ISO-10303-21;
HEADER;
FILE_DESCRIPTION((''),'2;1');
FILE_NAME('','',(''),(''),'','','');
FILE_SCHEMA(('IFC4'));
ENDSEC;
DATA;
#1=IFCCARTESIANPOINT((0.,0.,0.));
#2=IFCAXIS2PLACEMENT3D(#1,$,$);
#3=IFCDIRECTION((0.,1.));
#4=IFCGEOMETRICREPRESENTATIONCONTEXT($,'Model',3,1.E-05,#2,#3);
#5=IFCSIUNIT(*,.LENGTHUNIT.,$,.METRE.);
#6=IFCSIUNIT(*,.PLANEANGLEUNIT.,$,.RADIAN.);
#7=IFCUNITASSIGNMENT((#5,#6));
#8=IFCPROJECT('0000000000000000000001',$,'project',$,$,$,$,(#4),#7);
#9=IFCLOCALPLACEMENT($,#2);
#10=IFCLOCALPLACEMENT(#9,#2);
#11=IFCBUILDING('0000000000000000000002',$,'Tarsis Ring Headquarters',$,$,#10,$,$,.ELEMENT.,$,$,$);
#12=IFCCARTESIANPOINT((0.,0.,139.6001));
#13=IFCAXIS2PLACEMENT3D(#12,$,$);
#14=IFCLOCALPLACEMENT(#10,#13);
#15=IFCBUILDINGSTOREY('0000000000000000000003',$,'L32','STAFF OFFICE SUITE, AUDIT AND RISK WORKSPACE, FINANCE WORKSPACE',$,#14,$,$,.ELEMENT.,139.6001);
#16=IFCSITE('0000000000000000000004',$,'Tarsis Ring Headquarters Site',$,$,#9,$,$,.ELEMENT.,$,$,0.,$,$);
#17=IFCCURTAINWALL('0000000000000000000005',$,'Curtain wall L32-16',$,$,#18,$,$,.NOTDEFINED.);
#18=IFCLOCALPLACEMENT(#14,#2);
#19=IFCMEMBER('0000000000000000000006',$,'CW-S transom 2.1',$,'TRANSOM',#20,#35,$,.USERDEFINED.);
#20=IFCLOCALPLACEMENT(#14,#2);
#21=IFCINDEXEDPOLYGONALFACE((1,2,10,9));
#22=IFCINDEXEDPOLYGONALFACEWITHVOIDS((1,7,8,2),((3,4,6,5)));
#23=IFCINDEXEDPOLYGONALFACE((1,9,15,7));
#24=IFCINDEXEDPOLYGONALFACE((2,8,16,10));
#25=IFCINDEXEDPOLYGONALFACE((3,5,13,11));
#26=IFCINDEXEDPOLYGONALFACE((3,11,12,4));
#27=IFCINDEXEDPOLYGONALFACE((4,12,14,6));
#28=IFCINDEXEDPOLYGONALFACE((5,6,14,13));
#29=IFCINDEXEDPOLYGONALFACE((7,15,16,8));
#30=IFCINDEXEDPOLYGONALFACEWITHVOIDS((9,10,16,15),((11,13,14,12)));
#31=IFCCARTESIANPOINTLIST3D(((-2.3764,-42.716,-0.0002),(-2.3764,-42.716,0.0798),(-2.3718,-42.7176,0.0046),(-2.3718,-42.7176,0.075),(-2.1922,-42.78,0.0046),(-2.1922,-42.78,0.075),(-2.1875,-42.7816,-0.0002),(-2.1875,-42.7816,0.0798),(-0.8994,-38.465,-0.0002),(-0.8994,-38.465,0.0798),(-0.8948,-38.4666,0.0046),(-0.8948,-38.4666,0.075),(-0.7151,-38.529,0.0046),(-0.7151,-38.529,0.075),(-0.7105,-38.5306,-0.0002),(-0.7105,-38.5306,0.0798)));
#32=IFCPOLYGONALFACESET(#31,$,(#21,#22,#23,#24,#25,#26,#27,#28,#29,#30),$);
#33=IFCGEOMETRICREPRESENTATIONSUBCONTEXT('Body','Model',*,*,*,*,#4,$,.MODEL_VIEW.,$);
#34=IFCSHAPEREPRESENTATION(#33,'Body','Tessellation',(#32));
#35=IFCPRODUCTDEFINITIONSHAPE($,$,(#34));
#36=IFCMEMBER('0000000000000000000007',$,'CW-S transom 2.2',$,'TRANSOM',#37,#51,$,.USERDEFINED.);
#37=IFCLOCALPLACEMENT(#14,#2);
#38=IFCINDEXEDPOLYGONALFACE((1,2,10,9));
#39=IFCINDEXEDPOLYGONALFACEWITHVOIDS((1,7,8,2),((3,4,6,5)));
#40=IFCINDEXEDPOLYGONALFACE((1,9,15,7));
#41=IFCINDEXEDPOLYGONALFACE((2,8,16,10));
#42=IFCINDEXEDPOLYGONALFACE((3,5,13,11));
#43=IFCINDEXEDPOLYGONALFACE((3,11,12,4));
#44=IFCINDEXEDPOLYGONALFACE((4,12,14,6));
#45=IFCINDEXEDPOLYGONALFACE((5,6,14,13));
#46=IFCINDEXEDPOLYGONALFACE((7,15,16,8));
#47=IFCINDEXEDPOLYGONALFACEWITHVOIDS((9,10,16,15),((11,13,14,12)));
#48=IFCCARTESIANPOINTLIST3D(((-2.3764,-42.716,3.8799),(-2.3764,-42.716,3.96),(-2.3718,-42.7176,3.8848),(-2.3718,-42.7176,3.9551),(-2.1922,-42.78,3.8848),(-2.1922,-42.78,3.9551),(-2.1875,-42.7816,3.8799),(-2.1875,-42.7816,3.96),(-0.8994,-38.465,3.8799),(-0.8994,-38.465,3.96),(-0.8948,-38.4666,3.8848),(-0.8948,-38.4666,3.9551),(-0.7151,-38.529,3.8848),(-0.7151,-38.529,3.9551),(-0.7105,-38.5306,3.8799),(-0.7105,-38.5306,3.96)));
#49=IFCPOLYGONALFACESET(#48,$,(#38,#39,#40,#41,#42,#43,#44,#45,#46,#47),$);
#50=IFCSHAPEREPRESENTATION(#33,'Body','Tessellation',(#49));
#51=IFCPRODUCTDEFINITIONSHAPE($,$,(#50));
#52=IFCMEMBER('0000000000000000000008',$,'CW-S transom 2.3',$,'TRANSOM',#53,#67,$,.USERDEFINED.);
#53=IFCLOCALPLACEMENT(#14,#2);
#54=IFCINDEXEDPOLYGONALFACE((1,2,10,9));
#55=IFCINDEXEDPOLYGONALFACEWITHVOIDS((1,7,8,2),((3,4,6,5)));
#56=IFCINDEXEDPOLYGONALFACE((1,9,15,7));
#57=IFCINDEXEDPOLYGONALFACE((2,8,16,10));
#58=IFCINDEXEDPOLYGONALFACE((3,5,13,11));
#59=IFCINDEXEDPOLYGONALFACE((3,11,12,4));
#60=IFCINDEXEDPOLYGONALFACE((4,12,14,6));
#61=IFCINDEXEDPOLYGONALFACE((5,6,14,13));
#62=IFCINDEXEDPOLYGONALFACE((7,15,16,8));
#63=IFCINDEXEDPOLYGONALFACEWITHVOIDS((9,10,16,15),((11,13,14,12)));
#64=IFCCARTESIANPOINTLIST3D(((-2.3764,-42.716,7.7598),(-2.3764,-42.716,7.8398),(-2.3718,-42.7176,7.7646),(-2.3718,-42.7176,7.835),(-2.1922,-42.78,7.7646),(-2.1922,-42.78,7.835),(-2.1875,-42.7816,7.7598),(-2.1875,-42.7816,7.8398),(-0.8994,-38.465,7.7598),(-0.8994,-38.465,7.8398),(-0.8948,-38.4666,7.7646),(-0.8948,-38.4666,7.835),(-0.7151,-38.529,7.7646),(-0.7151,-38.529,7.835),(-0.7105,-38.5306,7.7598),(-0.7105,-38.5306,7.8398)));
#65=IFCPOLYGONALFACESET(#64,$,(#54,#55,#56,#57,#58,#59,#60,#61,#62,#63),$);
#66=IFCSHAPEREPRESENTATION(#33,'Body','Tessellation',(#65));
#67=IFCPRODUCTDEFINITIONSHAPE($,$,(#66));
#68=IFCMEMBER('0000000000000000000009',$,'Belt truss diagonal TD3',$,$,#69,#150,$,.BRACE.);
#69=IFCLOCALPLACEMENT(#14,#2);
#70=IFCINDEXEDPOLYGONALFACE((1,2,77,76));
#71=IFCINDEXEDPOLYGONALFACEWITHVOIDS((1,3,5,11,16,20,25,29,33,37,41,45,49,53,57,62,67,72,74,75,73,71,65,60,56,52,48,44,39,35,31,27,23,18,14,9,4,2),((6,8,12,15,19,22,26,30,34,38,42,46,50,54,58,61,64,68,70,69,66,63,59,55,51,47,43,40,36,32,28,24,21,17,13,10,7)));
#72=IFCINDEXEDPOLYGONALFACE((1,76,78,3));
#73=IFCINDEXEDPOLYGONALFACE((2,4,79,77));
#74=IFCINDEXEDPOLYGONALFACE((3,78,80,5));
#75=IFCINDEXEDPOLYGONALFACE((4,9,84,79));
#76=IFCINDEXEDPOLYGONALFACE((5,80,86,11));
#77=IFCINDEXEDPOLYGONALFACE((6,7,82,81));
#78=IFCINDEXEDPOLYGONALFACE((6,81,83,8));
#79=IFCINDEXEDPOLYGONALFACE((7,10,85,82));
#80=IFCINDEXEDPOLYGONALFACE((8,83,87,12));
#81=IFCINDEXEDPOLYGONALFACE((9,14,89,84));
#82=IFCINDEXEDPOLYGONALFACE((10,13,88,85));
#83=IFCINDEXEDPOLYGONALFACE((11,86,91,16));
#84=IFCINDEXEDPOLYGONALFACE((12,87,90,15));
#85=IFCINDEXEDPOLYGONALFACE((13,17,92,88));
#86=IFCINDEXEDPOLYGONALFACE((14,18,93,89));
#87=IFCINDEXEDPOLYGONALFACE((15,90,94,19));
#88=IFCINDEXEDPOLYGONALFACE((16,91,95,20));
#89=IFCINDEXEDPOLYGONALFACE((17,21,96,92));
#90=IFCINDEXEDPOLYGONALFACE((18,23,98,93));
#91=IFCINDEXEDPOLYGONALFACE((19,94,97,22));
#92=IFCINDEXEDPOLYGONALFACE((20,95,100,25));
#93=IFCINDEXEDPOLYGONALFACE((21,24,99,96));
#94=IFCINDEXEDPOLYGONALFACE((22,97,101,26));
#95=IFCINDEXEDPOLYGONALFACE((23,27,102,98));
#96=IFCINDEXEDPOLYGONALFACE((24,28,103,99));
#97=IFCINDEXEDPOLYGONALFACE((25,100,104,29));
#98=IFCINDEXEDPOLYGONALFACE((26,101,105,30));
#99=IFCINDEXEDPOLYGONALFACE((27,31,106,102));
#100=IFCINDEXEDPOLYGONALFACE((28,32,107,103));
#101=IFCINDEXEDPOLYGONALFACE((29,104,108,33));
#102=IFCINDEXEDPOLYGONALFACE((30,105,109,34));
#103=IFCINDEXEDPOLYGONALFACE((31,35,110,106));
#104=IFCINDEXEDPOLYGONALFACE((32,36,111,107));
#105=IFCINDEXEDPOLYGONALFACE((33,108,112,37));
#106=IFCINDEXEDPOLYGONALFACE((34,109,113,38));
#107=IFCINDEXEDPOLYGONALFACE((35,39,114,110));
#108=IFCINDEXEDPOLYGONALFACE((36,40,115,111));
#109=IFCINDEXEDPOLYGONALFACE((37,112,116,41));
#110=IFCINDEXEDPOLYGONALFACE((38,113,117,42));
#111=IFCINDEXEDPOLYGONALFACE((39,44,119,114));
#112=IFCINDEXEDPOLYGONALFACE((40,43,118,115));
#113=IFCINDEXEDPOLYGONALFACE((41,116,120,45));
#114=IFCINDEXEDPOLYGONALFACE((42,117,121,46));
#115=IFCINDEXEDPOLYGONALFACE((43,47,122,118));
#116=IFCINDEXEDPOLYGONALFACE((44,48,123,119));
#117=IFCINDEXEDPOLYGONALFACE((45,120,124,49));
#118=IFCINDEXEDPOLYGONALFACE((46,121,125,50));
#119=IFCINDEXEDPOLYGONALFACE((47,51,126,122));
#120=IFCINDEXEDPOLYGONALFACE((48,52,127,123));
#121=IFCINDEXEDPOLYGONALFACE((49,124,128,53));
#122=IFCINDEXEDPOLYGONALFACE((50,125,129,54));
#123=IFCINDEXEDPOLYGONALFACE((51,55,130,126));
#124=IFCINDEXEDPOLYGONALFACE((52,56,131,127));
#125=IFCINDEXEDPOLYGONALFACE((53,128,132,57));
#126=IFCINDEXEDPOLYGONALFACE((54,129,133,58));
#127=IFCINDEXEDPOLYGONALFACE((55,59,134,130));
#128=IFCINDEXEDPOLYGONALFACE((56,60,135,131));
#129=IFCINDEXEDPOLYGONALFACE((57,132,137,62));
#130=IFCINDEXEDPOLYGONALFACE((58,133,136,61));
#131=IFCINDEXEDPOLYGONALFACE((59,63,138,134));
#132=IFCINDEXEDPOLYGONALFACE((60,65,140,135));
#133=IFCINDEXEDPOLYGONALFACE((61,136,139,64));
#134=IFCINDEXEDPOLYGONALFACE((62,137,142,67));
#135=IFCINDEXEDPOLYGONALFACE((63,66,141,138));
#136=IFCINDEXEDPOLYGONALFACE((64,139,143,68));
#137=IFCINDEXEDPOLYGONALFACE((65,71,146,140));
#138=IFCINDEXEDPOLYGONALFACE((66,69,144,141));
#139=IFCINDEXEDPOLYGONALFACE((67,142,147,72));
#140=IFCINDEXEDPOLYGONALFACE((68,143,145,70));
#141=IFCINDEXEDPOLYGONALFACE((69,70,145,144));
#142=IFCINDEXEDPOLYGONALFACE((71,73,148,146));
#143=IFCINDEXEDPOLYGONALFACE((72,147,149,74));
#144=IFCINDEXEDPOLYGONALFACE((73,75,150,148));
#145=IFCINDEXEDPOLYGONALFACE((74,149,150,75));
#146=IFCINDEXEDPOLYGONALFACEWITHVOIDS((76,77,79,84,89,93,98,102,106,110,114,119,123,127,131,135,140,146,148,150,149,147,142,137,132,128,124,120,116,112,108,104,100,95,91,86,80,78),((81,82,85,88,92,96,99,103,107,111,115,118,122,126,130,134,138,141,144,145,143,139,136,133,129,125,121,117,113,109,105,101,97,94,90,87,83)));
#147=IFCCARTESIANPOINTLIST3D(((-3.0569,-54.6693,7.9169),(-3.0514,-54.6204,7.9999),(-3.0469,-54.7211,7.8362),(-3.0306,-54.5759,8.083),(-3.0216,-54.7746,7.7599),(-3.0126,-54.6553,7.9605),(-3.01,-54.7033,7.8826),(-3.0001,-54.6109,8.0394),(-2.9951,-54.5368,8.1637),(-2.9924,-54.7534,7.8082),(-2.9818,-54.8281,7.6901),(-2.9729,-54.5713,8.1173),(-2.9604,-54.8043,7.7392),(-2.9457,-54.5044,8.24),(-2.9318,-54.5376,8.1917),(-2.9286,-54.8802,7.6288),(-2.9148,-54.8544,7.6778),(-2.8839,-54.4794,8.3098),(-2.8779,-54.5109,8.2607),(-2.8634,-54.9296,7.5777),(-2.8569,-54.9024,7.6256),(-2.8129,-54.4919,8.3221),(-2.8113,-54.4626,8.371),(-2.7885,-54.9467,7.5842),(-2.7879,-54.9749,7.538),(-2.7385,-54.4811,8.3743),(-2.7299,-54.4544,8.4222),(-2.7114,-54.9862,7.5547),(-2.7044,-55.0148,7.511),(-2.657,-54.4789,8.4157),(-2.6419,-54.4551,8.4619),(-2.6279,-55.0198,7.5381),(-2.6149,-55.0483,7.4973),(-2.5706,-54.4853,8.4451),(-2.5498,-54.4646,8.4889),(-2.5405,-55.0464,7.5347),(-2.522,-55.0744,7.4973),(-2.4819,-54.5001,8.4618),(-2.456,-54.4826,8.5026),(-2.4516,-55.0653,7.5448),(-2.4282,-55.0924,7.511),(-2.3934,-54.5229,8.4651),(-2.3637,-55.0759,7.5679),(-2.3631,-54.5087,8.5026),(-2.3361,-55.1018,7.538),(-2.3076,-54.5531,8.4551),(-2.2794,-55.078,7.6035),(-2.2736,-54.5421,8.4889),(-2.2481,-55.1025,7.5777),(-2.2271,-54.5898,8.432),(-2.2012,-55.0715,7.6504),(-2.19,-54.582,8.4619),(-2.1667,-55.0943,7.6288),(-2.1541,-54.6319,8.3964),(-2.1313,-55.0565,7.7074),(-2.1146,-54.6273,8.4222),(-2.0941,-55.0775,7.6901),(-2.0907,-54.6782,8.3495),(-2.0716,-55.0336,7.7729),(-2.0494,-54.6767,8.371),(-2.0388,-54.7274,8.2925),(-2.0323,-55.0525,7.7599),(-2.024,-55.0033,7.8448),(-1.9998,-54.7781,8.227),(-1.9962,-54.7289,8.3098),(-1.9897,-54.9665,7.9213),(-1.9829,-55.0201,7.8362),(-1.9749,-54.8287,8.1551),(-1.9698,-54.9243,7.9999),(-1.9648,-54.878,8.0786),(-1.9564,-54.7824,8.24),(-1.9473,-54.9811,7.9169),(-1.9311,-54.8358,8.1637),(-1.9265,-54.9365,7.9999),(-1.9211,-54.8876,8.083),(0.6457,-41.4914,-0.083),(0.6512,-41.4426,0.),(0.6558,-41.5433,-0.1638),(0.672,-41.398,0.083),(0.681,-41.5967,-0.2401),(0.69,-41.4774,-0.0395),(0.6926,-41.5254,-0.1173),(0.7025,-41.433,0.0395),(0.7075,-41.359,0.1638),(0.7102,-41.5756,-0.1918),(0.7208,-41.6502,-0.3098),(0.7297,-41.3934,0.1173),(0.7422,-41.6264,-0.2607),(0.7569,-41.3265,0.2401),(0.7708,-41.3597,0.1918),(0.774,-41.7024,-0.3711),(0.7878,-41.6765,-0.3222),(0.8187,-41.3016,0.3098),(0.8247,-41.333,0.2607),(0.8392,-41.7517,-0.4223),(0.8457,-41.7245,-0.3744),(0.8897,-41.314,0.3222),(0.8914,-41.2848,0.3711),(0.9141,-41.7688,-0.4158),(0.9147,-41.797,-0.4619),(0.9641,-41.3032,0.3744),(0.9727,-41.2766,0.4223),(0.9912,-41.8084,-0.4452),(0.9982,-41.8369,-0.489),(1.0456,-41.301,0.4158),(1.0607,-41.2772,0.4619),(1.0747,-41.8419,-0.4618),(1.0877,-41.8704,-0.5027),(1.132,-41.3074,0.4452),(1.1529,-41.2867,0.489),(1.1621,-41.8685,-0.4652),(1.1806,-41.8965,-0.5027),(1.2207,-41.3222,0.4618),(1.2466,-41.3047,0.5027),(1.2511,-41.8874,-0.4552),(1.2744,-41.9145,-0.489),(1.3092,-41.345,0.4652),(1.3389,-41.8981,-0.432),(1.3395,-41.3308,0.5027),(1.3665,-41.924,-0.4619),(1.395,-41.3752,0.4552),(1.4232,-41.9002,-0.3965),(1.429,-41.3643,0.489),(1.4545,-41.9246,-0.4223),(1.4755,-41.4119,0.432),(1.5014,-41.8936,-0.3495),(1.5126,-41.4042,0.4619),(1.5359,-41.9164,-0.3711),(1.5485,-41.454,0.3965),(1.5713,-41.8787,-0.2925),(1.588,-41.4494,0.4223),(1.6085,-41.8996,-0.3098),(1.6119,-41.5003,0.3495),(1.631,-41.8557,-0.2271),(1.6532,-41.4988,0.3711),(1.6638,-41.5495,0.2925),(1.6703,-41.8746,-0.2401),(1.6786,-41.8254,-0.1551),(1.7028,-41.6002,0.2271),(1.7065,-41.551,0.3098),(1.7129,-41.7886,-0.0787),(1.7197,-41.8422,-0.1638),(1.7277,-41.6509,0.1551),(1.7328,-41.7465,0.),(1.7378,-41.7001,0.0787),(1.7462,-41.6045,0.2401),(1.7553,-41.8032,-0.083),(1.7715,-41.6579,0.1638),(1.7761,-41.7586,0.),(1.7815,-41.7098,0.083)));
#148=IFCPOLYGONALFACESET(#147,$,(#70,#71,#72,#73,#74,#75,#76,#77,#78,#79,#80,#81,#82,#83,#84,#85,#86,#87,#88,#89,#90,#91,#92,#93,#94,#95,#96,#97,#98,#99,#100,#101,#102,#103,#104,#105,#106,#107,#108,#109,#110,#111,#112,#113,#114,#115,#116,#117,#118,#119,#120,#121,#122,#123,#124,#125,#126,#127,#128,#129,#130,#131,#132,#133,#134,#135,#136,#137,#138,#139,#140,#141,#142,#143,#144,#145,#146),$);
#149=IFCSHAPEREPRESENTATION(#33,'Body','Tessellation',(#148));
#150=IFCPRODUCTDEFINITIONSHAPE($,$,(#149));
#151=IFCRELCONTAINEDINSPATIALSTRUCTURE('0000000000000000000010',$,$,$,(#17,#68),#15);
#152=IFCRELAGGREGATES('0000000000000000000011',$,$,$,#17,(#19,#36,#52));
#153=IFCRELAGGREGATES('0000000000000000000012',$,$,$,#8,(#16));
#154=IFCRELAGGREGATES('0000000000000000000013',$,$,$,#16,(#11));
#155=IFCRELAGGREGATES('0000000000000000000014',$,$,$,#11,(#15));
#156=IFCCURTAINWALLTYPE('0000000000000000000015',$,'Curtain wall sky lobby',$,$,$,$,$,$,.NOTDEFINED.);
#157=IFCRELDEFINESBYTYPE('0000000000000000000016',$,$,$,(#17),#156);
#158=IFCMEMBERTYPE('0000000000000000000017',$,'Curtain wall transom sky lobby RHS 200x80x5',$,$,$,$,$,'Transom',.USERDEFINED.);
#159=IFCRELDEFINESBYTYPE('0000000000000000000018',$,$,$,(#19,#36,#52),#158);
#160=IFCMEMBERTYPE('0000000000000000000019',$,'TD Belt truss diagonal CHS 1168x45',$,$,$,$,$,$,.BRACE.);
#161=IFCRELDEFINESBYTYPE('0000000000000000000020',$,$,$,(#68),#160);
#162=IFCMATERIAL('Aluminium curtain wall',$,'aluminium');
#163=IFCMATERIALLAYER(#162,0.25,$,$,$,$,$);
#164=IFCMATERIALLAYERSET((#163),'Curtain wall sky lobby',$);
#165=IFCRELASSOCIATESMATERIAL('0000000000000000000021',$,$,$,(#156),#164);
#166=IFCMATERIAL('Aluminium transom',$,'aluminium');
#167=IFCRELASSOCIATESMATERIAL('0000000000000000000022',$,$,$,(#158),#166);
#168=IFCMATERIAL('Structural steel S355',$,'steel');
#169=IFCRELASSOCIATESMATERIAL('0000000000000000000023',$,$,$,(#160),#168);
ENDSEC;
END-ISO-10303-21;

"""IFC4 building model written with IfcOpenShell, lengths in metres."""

from ifc_helpers import new_model, si_unit, direction, frame, origin, origin_2d, place, context, subcontext, project, spatial, hollow_rectangle, hollow_circle, extrude, material, layer, layer_set, material_profile, profile_set, type_object, element, aggregate, save


model = new_model("IFC4")

# Units and contexts
model_context = context("Model", 3, precision=1e-05, world=origin(), true_north=direction((0.0, 1.0)))
body_context = subcontext(model_context, "Body", "Model", "MODEL_VIEW")
ifc_project = project(units=[si_unit("LENGTHUNIT", "METRE"), si_unit("PLANEANGLEUNIT", "RADIAN")], contexts=[model_context])

# Site, building, storey
site_placement = place(None, origin())
site = spatial("IfcSite", under=ifc_project, at=site_placement, Name="Tarsis Ring Headquarters Site", CompositionType="ELEMENT", RefElevation=0.0)
building_placement = place(site_placement, origin())
building = spatial("IfcBuilding", under=site, at=building_placement, Name="Tarsis Ring Headquarters", CompositionType="ELEMENT")
storey_placement = place(building_placement, frame((0.0, 0.0, 139.6001)))
storey = spatial("IfcBuildingStorey", under=building, at=storey_placement, Name="L32", Description="STAFF OFFICE SUITE, AUDIT AND RISK WORKSPACE, FINANCE WORKSPACE", CompositionType="ELEMENT", Elevation=139.6001)

# Shared definitions
ifc_material_1 = material(Name="Structural steel S355", Category="steel")
ifc_material_profile_1 = material_profile(ifc_material_1, hollow_circle(Radius=0.5842, WallThickness=0.0449, at=origin_2d()), Name="CHS 1168x45")
ifc_profile_set_1 = profile_set([ifc_material_profile_1], Name="Structural steel S355")

# Curtain wall, members
ifc_material_2 = material(Name="Aluminium curtain wall", Category="aluminium")
ifc_layer_1 = layer(ifc_material_2, 0.25)
ifc_layer_set_1 = layer_set([ifc_layer_1], Name="Curtain wall sky lobby")
curtain_wall_type = type_object("IfcCurtainWallType", Name="Curtain wall sky lobby", PredefinedType="NOTDEFINED", material=ifc_layer_set_1)
curtain_wall_placement = place(storey_placement, origin())
curtain_wall = element("IfcCurtainWall", 1, at=curtain_wall_placement, inside=storey, type_object=curtain_wall_type, Name="Curtain wall L32-16", PredefinedType="NOTDEFINED")
ifc_material_3 = material(Name="Aluminium transom", Category="aluminium")
ifc_material_profile_2 = material_profile(ifc_material_3, hollow_rectangle(XDim=0.2, YDim=0.0801, WallThickness=0.0049, at=origin_2d()), Name="RHS 200x80x5")
ifc_profile_set_2 = profile_set([ifc_material_profile_2], Name="Aluminium transom")
member_type_1 = type_object("IfcMemberType", Name="Curtain wall transom sky lobby RHS 200x80x5", ElementType="Transom", PredefinedType="USERDEFINED", material=ifc_profile_set_2)
member_1_placement = place(storey_placement, frame((-2.282, -42.7488, 0.0398), z_axis=(0.328213, 0.944604, 0.0), x_axis=(-0.944604, 0.328213, 0.0)))
member_1 = element("IfcMember", 2, at=member_1_placement, type_object=member_type_1, Name="CW-S transom 2.1", ObjectType="TRANSOM", PredefinedType="USERDEFINED", context=body_context, shape_type="SweptSolid", body=[
    extrude(hollow_rectangle(XDim=0.2, YDim=0.0801, WallThickness=0.0049, at=origin_2d()), origin(), (0.0, 0.0, 1.0), 4.5002),
])
member_2_placement = place(storey_placement, frame((-2.282, -42.7488, 3.9199), z_axis=(0.328213, 0.944604, 0.0), x_axis=(-0.944604, 0.328213, 0.0)))
member_2 = element("IfcMember", 3, at=member_2_placement, type_object=member_type_1, Name="CW-S transom 2.2", ObjectType="TRANSOM", PredefinedType="USERDEFINED", context=body_context, shape_type="SweptSolid", body=[
    extrude(hollow_rectangle(XDim=0.2, YDim=0.0801, WallThickness=0.0049, at=origin_2d()), origin(), (0.0, 0.0, 1.0), 4.5002),
])
member_3_placement = place(storey_placement, frame((-2.282, -42.7488, 7.7998), z_axis=(0.328213, 0.944604, 0.0), x_axis=(-0.944604, 0.328213, 0.0)))
member_3 = element("IfcMember", 4, at=member_3_placement, type_object=member_type_1, Name="CW-S transom 2.3", ObjectType="TRANSOM", PredefinedType="USERDEFINED", context=body_context, shape_type="SweptSolid", body=[
    extrude(hollow_rectangle(XDim=0.2, YDim=0.0801, WallThickness=0.0049, at=origin_2d()), origin(), (0.0, 0.0, 1.0), 4.5002),
])

# Member
member_type_2 = type_object("IfcMemberType", Name="TD Belt truss diagonal CHS 1168x45", PredefinedType="BRACE", material=ifc_profile_set_1)
member_4_placement = place(storey_placement, frame((1.2136, -41.6006, 0.0), z_axis=(-0.233537, -0.831176, 0.504585), x_axis=(0.962721, -0.270497, 0.0)))
element("IfcMember", 5, at=member_4_placement, inside=storey, type_object=member_type_2, Name="Belt truss diagonal TD3", PredefinedType="BRACE", context=body_context, shape_type="SweptSolid", body=[
    extrude(hollow_circle(Radius=0.5842, WallThickness=0.0449, at=origin_2d()), origin(), (0.0, 0.0, 1.0), 15.8545),
])

aggregate(curtain_wall, [member_1, member_2, member_3])

save(model, "model.ifc")
